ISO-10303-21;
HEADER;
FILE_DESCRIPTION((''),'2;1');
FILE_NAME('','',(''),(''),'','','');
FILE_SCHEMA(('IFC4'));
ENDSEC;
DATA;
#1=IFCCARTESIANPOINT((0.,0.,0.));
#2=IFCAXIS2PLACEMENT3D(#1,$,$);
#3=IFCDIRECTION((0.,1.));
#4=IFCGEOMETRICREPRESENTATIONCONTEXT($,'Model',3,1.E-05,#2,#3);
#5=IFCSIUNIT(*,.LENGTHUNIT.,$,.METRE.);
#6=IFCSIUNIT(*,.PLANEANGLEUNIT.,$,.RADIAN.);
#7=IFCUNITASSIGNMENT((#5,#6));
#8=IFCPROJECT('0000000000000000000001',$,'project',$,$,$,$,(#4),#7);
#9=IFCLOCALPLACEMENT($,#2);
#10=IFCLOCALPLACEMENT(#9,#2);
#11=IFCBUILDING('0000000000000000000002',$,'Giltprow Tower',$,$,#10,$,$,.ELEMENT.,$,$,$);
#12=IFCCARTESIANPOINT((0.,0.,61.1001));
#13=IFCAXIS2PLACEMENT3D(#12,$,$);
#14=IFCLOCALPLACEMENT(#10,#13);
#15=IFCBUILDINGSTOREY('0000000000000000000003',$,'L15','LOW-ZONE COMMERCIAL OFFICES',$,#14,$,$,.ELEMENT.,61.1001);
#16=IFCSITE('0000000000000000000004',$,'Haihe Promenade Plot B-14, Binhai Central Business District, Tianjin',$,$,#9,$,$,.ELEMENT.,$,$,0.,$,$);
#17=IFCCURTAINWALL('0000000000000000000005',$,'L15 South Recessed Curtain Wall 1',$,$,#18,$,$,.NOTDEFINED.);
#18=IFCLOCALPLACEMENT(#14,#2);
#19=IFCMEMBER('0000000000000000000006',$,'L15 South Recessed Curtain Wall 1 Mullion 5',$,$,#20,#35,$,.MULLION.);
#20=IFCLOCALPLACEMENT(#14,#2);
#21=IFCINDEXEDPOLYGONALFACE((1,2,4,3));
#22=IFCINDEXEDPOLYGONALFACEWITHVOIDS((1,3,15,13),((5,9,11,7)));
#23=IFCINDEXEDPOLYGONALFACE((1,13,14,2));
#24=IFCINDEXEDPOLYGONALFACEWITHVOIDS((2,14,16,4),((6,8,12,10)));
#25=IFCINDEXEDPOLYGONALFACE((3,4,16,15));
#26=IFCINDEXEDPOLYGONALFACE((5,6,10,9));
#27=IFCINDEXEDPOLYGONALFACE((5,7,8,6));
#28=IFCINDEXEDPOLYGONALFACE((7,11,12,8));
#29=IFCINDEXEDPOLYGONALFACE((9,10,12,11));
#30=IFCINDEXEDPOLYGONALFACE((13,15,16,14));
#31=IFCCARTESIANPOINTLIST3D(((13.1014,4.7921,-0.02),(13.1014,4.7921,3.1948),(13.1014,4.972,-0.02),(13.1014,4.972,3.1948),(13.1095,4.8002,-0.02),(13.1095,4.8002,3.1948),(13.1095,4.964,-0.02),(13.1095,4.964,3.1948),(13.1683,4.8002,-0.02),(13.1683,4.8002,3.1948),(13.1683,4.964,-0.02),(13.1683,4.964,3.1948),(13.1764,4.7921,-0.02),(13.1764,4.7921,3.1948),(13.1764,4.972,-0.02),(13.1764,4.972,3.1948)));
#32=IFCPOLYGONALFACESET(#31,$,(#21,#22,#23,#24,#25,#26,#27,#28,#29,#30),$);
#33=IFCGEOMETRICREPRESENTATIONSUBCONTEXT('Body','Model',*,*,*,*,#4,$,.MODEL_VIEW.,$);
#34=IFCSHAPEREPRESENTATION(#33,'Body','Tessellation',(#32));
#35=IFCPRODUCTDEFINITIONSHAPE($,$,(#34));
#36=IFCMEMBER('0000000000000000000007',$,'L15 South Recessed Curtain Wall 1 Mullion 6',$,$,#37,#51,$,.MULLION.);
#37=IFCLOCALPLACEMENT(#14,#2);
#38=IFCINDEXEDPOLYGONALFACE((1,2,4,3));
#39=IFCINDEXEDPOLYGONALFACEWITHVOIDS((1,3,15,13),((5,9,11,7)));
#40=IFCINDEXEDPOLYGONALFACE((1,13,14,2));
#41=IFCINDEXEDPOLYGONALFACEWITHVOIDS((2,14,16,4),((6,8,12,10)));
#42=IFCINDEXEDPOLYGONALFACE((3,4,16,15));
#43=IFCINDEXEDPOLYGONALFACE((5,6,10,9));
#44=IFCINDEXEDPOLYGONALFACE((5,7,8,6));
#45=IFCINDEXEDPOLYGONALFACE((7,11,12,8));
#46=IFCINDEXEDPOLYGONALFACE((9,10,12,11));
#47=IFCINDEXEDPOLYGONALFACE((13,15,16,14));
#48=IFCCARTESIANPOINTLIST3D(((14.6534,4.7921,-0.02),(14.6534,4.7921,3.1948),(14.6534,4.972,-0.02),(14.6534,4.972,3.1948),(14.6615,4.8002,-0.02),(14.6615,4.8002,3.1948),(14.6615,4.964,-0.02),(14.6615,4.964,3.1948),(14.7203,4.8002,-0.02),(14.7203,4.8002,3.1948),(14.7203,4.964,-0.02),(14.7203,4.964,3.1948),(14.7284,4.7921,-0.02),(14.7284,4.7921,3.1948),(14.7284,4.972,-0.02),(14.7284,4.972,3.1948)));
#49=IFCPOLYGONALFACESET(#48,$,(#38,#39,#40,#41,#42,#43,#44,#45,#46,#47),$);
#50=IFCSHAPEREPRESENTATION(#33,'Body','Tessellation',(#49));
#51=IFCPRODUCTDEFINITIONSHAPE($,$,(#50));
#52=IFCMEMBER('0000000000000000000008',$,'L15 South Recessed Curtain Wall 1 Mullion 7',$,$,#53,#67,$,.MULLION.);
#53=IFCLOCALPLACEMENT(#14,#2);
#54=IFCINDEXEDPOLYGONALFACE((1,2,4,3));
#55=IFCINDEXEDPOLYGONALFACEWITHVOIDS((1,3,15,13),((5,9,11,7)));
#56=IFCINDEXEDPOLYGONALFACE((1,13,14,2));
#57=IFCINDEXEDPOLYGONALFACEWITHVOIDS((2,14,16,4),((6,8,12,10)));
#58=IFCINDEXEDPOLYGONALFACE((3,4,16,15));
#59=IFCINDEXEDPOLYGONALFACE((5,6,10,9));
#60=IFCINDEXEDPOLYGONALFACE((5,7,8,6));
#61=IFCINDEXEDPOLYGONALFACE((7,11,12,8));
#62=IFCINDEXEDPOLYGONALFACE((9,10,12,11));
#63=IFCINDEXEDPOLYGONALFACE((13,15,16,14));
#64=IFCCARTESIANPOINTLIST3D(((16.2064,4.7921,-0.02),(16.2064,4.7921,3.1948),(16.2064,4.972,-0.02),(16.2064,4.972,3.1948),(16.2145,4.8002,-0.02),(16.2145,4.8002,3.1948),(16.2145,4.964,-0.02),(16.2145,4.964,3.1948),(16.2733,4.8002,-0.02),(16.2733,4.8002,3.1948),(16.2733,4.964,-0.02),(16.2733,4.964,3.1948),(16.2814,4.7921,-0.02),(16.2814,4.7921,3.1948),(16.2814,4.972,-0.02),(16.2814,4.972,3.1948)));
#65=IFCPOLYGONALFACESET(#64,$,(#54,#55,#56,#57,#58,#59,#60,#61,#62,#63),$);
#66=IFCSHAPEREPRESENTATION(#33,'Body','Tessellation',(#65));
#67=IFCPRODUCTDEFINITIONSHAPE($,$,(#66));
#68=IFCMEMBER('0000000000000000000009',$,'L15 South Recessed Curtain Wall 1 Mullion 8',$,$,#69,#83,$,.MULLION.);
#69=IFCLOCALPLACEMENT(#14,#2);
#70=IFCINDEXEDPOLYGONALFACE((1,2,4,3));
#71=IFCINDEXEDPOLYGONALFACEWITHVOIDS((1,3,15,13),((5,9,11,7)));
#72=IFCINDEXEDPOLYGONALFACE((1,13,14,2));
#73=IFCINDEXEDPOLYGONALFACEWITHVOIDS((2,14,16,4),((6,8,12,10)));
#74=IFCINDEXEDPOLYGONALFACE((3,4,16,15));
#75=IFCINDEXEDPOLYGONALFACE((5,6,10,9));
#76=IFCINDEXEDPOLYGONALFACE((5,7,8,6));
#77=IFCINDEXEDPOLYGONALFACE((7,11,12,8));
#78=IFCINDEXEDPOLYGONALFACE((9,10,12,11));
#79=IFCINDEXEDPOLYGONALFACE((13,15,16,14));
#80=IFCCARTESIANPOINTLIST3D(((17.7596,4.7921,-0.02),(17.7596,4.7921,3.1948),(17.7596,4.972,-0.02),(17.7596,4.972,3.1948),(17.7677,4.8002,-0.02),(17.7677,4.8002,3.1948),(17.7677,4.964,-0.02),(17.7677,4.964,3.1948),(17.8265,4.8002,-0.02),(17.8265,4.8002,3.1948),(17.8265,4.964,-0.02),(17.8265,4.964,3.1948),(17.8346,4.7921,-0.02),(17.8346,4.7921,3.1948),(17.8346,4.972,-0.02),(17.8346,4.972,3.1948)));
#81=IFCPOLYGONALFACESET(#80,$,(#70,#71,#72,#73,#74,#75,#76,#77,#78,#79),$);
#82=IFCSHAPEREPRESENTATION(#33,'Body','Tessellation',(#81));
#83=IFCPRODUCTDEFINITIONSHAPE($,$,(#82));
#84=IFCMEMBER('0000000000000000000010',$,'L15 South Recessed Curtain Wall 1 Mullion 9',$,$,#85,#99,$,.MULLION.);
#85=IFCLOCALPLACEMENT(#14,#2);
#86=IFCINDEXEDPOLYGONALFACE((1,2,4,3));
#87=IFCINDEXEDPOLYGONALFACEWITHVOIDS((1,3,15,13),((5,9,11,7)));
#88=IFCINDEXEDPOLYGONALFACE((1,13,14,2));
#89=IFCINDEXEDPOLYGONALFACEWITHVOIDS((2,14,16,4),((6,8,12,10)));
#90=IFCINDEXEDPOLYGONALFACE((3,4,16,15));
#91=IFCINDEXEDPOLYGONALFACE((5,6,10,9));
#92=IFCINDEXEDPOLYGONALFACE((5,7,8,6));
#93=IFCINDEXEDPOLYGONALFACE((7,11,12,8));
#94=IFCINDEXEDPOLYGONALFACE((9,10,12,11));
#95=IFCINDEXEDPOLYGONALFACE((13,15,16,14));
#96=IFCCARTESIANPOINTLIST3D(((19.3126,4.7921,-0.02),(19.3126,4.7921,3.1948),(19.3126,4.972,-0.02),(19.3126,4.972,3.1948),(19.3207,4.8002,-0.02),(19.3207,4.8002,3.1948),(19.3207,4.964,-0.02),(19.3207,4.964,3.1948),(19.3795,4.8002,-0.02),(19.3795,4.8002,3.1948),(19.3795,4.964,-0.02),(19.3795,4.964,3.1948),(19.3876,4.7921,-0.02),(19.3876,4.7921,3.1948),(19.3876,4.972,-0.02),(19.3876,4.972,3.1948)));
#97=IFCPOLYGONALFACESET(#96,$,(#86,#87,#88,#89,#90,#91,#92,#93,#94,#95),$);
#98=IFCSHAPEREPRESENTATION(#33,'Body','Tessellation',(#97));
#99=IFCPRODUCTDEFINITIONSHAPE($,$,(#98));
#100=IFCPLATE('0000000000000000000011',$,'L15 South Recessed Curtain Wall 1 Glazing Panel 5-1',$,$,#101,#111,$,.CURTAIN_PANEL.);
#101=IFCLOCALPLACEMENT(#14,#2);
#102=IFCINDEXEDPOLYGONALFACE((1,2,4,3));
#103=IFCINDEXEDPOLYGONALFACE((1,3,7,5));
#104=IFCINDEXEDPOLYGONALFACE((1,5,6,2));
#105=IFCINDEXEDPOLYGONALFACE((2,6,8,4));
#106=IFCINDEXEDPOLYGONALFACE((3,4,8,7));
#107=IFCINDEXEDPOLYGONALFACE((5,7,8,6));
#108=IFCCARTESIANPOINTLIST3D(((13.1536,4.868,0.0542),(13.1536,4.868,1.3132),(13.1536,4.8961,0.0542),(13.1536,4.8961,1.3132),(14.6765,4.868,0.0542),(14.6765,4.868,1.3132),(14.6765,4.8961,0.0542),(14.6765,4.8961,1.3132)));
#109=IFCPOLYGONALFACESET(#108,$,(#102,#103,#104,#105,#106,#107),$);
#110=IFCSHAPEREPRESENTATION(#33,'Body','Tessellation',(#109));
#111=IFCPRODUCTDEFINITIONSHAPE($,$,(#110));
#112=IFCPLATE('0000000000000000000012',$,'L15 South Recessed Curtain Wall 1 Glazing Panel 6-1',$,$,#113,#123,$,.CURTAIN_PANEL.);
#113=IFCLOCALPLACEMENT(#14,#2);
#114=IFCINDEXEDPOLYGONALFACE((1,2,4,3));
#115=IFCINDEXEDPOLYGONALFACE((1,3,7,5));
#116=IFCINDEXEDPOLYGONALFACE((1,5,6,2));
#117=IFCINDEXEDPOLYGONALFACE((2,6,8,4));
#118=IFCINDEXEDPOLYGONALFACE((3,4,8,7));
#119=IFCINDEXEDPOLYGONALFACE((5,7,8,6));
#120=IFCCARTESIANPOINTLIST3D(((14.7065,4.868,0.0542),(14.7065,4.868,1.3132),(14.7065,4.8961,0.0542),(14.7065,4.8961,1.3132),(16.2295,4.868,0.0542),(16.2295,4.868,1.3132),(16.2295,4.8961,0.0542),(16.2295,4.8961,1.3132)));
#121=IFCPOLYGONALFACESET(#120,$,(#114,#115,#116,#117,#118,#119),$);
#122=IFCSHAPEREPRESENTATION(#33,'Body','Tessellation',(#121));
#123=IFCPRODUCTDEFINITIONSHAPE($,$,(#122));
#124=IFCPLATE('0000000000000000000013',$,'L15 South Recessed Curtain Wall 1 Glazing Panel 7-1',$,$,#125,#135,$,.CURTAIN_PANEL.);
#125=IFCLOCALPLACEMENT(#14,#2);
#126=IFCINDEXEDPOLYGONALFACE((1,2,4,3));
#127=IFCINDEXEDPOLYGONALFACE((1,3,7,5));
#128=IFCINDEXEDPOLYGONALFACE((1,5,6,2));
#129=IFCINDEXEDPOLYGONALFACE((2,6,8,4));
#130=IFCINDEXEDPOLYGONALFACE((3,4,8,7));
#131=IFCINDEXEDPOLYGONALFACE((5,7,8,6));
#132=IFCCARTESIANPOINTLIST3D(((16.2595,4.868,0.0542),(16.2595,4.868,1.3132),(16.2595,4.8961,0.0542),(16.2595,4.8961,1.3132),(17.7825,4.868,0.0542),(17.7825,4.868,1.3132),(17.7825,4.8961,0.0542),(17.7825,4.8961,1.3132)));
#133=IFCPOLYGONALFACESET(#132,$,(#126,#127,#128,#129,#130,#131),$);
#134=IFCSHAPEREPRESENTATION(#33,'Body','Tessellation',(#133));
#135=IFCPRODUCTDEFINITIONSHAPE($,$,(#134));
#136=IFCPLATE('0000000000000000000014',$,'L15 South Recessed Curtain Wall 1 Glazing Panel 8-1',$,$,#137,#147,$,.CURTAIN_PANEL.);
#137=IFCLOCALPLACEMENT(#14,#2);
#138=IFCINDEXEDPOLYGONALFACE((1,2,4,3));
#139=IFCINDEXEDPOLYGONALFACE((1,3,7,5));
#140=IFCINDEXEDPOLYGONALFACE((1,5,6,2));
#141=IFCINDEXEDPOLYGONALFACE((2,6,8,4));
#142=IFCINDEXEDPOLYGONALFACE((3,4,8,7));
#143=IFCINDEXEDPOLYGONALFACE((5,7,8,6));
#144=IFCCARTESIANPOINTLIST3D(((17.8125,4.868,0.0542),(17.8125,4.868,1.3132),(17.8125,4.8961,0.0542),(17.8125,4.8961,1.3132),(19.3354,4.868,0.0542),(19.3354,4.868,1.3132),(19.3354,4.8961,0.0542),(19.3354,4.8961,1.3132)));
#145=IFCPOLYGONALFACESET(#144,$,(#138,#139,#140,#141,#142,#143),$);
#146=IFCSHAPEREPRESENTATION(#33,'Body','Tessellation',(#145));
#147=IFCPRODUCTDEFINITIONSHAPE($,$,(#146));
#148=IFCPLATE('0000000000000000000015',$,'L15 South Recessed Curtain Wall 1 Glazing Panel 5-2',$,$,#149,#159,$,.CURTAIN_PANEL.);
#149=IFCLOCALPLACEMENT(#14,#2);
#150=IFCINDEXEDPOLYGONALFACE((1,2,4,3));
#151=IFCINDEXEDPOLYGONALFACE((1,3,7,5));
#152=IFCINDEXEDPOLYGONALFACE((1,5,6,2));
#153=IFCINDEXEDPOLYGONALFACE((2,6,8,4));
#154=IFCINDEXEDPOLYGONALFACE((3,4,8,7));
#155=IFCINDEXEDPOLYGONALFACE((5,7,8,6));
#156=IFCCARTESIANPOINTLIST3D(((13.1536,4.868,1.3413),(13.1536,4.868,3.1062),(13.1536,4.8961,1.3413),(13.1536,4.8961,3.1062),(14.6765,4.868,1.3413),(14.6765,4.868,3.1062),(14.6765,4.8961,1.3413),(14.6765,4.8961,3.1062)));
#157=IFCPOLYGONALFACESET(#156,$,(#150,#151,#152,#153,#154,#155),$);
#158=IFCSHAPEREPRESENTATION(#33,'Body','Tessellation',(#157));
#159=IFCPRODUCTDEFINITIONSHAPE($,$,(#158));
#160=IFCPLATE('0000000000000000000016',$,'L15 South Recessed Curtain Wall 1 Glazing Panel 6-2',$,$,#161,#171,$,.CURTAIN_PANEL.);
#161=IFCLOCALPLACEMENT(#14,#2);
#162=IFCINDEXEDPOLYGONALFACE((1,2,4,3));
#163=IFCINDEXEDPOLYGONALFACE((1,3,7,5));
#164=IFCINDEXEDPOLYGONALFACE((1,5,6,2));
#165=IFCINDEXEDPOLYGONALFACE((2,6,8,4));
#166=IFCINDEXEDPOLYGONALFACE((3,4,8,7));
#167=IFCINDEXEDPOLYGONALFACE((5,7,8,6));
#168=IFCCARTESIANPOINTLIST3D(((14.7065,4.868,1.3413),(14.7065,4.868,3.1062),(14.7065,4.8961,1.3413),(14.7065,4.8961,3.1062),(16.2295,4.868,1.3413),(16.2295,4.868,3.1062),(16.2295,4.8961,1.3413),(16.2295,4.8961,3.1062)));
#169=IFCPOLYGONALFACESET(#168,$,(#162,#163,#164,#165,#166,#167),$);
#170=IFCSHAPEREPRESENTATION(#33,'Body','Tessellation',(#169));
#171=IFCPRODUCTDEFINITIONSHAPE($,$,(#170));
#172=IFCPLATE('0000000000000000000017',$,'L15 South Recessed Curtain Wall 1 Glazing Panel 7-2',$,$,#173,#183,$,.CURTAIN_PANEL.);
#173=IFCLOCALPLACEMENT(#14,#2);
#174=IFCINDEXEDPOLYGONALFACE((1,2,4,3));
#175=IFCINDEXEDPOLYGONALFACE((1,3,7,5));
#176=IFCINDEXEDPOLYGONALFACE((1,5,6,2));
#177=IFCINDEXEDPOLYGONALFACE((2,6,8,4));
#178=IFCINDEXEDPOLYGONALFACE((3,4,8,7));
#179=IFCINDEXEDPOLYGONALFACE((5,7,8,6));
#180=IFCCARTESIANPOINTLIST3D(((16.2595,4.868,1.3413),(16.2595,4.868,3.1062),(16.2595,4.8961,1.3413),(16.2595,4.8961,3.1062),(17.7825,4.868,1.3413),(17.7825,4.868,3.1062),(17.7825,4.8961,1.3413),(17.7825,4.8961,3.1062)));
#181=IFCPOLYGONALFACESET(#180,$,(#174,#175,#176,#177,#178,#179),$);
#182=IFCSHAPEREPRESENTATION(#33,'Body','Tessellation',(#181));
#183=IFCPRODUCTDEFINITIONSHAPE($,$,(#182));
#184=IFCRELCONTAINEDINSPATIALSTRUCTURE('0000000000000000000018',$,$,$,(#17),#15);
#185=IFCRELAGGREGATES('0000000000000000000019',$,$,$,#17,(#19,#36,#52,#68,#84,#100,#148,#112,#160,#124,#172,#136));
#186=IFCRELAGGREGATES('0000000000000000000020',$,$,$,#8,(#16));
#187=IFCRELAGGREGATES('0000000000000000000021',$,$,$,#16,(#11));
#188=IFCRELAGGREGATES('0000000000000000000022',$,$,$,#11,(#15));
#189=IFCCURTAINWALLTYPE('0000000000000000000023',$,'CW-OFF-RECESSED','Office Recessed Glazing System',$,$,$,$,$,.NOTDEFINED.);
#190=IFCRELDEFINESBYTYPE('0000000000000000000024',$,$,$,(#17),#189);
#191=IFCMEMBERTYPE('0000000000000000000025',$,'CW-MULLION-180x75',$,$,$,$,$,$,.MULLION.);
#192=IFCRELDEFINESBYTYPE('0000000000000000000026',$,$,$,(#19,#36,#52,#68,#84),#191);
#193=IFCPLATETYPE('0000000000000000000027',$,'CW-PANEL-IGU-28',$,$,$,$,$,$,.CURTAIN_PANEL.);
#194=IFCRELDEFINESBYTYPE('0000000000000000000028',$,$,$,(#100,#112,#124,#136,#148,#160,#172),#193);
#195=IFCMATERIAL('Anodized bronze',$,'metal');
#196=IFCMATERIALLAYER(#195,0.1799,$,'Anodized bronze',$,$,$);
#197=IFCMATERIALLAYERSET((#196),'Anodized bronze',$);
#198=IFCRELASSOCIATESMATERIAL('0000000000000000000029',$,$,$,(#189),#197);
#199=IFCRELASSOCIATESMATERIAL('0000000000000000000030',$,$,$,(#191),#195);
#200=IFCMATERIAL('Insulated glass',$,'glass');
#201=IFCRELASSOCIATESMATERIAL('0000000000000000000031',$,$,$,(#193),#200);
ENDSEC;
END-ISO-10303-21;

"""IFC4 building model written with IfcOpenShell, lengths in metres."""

from ifc_helpers import new_model, si_unit, direction, frame, origin, origin_2d, place, context, subcontext, project, spatial, rectangle, hollow_rectangle, extrude, source, transform, mapped, material, layer, layer_set, material_profile, profile_set, type_object, element, aggregate, save


model = new_model("IFC4")

# Units and contexts
model_context = context("Model", 3, precision=1e-05, world=origin(), true_north=direction((0.0, 1.0)))
body_context = subcontext(model_context, "Body", "Model", "MODEL_VIEW")
ifc_project = project(units=[si_unit("LENGTHUNIT", "METRE"), si_unit("PLANEANGLEUNIT", "RADIAN")], contexts=[model_context])

# Site, building, storey
site_placement = place(None, origin())
site = spatial("IfcSite", under=ifc_project, at=site_placement, Name="Haihe Promenade Plot B-14, Binhai Central Business District, Tianjin", CompositionType="ELEMENT", RefElevation=0.0)
building_placement = place(site_placement, origin())
building = spatial("IfcBuilding", under=site, at=building_placement, Name="Giltprow Tower", CompositionType="ELEMENT")
storey_placement = place(building_placement, frame((0.0, 0.0, 61.1001)))
storey = spatial("IfcBuildingStorey", under=building, at=storey_placement, Name="L15", Description="LOW-ZONE COMMERCIAL OFFICES", CompositionType="ELEMENT", Elevation=61.1001)

# Curtain wall, members, plates
ifc_material_1 = material(Name="Anodized bronze", Category="metal")
ifc_layer = layer(ifc_material_1, 0.1799, Name="Anodized bronze")
ifc_layer_set = layer_set([ifc_layer], Name="Anodized bronze")
curtain_wall_type = type_object("IfcCurtainWallType", Name="CW-OFF-RECESSED", Description="Office Recessed Glazing System", PredefinedType="NOTDEFINED", material=ifc_layer_set)
curtain_wall_placement = place(storey_placement, origin())
curtain_wall = element("IfcCurtainWall", 1, at=curtain_wall_placement, inside=storey, type_object=curtain_wall_type, Name="L15 South Recessed Curtain Wall 1", PredefinedType="NOTDEFINED")
ifc_material_profile = material_profile(ifc_material_1, hollow_rectangle(XDim=0.075, YDim=0.1799, WallThickness=0.0081, at=origin_2d()), Name="RHS 180x75x8")
ifc_profile_set = profile_set([ifc_material_profile], Name="Anodized bronze")
member_type = type_object("IfcMemberType", Name="CW-MULLION-180x75", PredefinedType="MULLION", material=ifc_profile_set)
shared_shape_1 = source(origin(), body_context, "Body", "SweptSolid", [
    extrude(hollow_rectangle(XDim=0.075, YDim=0.1799, WallThickness=0.0081, at=origin_2d()), origin(), (0.0, 0.0, 1.0), 3.2148),
])
member_1_placement = place(storey_placement, frame((13.1389, 4.8821, -0.02), z_axis=(0.0, 0.0, 1.0), x_axis=(1.0, 0.0, 0.0)))
member_1 = element("IfcMember", 2, at=member_1_placement, type_object=member_type, Name="L15 South Recessed Curtain Wall 1 Mullion 5", PredefinedType="MULLION", context=body_context, shape_type="MappedRepresentation", body=[
    mapped(shared_shape_1, transform((0.0, 0.0, 0.0), x_axis=(1.0, 0.0, 0.0), y_axis=(0.0, 1.0, 0.0), z_axis=(0.0, 0.0, 1.0), scale=1.0)),
])
member_2_placement = place(storey_placement, frame((14.6909, 4.8821, -0.02), z_axis=(0.0, 0.0, 1.0), x_axis=(1.0, 0.0, 0.0)))
member_2 = element("IfcMember", 3, at=member_2_placement, type_object=member_type, Name="L15 South Recessed Curtain Wall 1 Mullion 6", PredefinedType="MULLION", context=body_context, shape_type="MappedRepresentation", body=[
    mapped(shared_shape_1, transform((0.0, 0.0, 0.0), x_axis=(1.0, 0.0, 0.0), y_axis=(0.0, 1.0, 0.0), z_axis=(0.0, 0.0, 1.0), scale=1.0)),
])
member_3_placement = place(storey_placement, frame((16.2439, 4.8821, -0.02), z_axis=(0.0, 0.0, 1.0), x_axis=(1.0, 0.0, 0.0)))
member_3 = element("IfcMember", 4, at=member_3_placement, type_object=member_type, Name="L15 South Recessed Curtain Wall 1 Mullion 7", PredefinedType="MULLION", context=body_context, shape_type="MappedRepresentation", body=[
    mapped(shared_shape_1, transform((0.0, 0.0, 0.0), x_axis=(1.0, 0.0, 0.0), y_axis=(0.0, 1.0, 0.0), z_axis=(0.0, 0.0, 1.0), scale=1.0)),
])
member_4_placement = place(storey_placement, frame((17.7971, 4.8821, -0.02), z_axis=(0.0, 0.0, 1.0), x_axis=(1.0, 0.0, 0.0)))
member_4 = element("IfcMember", 5, at=member_4_placement, type_object=member_type, Name="L15 South Recessed Curtain Wall 1 Mullion 8", PredefinedType="MULLION", context=body_context, shape_type="MappedRepresentation", body=[
    mapped(shared_shape_1, transform((0.0, 0.0, 0.0), x_axis=(1.0, 0.0, 0.0), y_axis=(0.0, 1.0, 0.0), z_axis=(0.0, 0.0, 1.0), scale=1.0)),
])
member_5_placement = place(storey_placement, frame((19.3501, 4.8821, -0.02), z_axis=(0.0, 0.0, 1.0), x_axis=(1.0, 0.0, 0.0)))
member_5 = element("IfcMember", 6, at=member_5_placement, type_object=member_type, Name="L15 South Recessed Curtain Wall 1 Mullion 9", PredefinedType="MULLION", context=body_context, shape_type="MappedRepresentation", body=[
    mapped(shared_shape_1, transform((0.0, 0.0, 0.0), x_axis=(1.0, 0.0, 0.0), y_axis=(0.0, 1.0, 0.0), z_axis=(0.0, 0.0, 1.0), scale=1.0)),
])
ifc_material_2 = material(Name="Insulated glass", Category="glass")
plate_type = type_object("IfcPlateType", Name="CW-PANEL-IGU-28", PredefinedType="CURTAIN_PANEL", material=ifc_material_2)
shared_shape_2 = source(origin(), body_context, "Body", "SweptSolid", [
    extrude(rectangle(XDim=1.5229, YDim=0.0281, at=origin_2d()), origin(), (0.0, 0.0, 1.0), 1.259),
])
plate_1_placement = place(storey_placement, frame((13.915, 4.8821, 0.0542), z_axis=(0.0, 0.0, 1.0), x_axis=(1.0, 0.0, 0.0)))
plate_1 = element("IfcPlate", 7, at=plate_1_placement, type_object=plate_type, Name="L15 South Recessed Curtain Wall 1 Glazing Panel 5-1", PredefinedType="CURTAIN_PANEL", context=body_context, shape_type="MappedRepresentation", body=[
    mapped(shared_shape_2, transform((0.0, 0.0, 0.0), x_axis=(1.0, 0.0, 0.0), y_axis=(0.0, 1.0, 0.0), z_axis=(0.0, 0.0, 1.0), scale=1.0)),
])
plate_2_placement = place(storey_placement, frame((15.468, 4.8821, 0.0542), z_axis=(0.0, 0.0, 1.0), x_axis=(1.0, 0.0, 0.0)))
plate_2 = element("IfcPlate", 8, at=plate_2_placement, type_object=plate_type, Name="L15 South Recessed Curtain Wall 1 Glazing Panel 6-1", PredefinedType="CURTAIN_PANEL", context=body_context, shape_type="MappedRepresentation", body=[
    mapped(shared_shape_2, transform((0.0, 0.0, 0.0), x_axis=(1.0, 0.0, 0.0), y_axis=(0.0, 1.0, 0.0), z_axis=(0.0, 0.0, 1.0), scale=1.0)),
])
plate_3_placement = place(storey_placement, frame((17.021, 4.8821, 0.0542), z_axis=(0.0, 0.0, 1.0), x_axis=(1.0, 0.0, 0.0)))
plate_3 = element("IfcPlate", 9, at=plate_3_placement, type_object=plate_type, Name="L15 South Recessed Curtain Wall 1 Glazing Panel 7-1", PredefinedType="CURTAIN_PANEL", context=body_context, shape_type="MappedRepresentation", body=[
    mapped(shared_shape_2, transform((0.0, 0.0, 0.0), x_axis=(1.0, 0.0, 0.0), y_axis=(0.0, 1.0, 0.0), z_axis=(0.0, 0.0, 1.0), scale=1.0)),
])
plate_4_placement = place(storey_placement, frame((18.574, 4.8821, 0.0542), z_axis=(0.0, 0.0, 1.0), x_axis=(1.0, 0.0, 0.0)))
plate_4 = element("IfcPlate", 10, at=plate_4_placement, type_object=plate_type, Name="L15 South Recessed Curtain Wall 1 Glazing Panel 8-1", PredefinedType="CURTAIN_PANEL", context=body_context, shape_type="MappedRepresentation", body=[
    mapped(shared_shape_2, transform((0.0, 0.0, 0.0), x_axis=(1.0, 0.0, 0.0), y_axis=(0.0, 1.0, 0.0), z_axis=(0.0, 0.0, 1.0), scale=1.0)),
])
shared_shape_3 = source(origin(), body_context, "Body", "SweptSolid", [
    extrude(rectangle(XDim=1.5229, YDim=0.0281, at=origin_2d()), origin(), (0.0, 0.0, 1.0), 1.7649),
])
plate_5_placement = place(storey_placement, frame((13.915, 4.8821, 1.3413), z_axis=(0.0, 0.0, 1.0), x_axis=(1.0, 0.0, 0.0)))
plate_5 = element("IfcPlate", 11, at=plate_5_placement, type_object=plate_type, Name="L15 South Recessed Curtain Wall 1 Glazing Panel 5-2", PredefinedType="CURTAIN_PANEL", context=body_context, shape_type="MappedRepresentation", body=[
    mapped(shared_shape_3, transform((0.0, 0.0, 0.0), x_axis=(1.0, 0.0, 0.0), y_axis=(0.0, 1.0, 0.0), z_axis=(0.0, 0.0, 1.0), scale=1.0)),
])
plate_6_placement = place(storey_placement, frame((15.468, 4.8821, 1.3413), z_axis=(0.0, 0.0, 1.0), x_axis=(1.0, 0.0, 0.0)))
plate_6 = element("IfcPlate", 12, at=plate_6_placement, type_object=plate_type, Name="L15 South Recessed Curtain Wall 1 Glazing Panel 6-2", PredefinedType="CURTAIN_PANEL", context=body_context, shape_type="MappedRepresentation", body=[
    mapped(shared_shape_3, transform((0.0, 0.0, 0.0), x_axis=(1.0, 0.0, 0.0), y_axis=(0.0, 1.0, 0.0), z_axis=(0.0, 0.0, 1.0), scale=1.0)),
])
plate_7_placement = place(storey_placement, frame((17.021, 4.8821, 1.3413), z_axis=(0.0, 0.0, 1.0), x_axis=(1.0, 0.0, 0.0)))
plate_7 = element("IfcPlate", 13, at=plate_7_placement, type_object=plate_type, Name="L15 South Recessed Curtain Wall 1 Glazing Panel 7-2", PredefinedType="CURTAIN_PANEL", context=body_context, shape_type="MappedRepresentation", body=[
    mapped(shared_shape_3, transform((0.0, 0.0, 0.0), x_axis=(1.0, 0.0, 0.0), y_axis=(0.0, 1.0, 0.0), z_axis=(0.0, 0.0, 1.0), scale=1.0)),
])
aggregate(curtain_wall, [member_1, member_2, member_3, member_4, member_5, plate_1, plate_5, plate_2, plate_6, plate_3, plate_7, plate_4])

save(model, "model.ifc")
